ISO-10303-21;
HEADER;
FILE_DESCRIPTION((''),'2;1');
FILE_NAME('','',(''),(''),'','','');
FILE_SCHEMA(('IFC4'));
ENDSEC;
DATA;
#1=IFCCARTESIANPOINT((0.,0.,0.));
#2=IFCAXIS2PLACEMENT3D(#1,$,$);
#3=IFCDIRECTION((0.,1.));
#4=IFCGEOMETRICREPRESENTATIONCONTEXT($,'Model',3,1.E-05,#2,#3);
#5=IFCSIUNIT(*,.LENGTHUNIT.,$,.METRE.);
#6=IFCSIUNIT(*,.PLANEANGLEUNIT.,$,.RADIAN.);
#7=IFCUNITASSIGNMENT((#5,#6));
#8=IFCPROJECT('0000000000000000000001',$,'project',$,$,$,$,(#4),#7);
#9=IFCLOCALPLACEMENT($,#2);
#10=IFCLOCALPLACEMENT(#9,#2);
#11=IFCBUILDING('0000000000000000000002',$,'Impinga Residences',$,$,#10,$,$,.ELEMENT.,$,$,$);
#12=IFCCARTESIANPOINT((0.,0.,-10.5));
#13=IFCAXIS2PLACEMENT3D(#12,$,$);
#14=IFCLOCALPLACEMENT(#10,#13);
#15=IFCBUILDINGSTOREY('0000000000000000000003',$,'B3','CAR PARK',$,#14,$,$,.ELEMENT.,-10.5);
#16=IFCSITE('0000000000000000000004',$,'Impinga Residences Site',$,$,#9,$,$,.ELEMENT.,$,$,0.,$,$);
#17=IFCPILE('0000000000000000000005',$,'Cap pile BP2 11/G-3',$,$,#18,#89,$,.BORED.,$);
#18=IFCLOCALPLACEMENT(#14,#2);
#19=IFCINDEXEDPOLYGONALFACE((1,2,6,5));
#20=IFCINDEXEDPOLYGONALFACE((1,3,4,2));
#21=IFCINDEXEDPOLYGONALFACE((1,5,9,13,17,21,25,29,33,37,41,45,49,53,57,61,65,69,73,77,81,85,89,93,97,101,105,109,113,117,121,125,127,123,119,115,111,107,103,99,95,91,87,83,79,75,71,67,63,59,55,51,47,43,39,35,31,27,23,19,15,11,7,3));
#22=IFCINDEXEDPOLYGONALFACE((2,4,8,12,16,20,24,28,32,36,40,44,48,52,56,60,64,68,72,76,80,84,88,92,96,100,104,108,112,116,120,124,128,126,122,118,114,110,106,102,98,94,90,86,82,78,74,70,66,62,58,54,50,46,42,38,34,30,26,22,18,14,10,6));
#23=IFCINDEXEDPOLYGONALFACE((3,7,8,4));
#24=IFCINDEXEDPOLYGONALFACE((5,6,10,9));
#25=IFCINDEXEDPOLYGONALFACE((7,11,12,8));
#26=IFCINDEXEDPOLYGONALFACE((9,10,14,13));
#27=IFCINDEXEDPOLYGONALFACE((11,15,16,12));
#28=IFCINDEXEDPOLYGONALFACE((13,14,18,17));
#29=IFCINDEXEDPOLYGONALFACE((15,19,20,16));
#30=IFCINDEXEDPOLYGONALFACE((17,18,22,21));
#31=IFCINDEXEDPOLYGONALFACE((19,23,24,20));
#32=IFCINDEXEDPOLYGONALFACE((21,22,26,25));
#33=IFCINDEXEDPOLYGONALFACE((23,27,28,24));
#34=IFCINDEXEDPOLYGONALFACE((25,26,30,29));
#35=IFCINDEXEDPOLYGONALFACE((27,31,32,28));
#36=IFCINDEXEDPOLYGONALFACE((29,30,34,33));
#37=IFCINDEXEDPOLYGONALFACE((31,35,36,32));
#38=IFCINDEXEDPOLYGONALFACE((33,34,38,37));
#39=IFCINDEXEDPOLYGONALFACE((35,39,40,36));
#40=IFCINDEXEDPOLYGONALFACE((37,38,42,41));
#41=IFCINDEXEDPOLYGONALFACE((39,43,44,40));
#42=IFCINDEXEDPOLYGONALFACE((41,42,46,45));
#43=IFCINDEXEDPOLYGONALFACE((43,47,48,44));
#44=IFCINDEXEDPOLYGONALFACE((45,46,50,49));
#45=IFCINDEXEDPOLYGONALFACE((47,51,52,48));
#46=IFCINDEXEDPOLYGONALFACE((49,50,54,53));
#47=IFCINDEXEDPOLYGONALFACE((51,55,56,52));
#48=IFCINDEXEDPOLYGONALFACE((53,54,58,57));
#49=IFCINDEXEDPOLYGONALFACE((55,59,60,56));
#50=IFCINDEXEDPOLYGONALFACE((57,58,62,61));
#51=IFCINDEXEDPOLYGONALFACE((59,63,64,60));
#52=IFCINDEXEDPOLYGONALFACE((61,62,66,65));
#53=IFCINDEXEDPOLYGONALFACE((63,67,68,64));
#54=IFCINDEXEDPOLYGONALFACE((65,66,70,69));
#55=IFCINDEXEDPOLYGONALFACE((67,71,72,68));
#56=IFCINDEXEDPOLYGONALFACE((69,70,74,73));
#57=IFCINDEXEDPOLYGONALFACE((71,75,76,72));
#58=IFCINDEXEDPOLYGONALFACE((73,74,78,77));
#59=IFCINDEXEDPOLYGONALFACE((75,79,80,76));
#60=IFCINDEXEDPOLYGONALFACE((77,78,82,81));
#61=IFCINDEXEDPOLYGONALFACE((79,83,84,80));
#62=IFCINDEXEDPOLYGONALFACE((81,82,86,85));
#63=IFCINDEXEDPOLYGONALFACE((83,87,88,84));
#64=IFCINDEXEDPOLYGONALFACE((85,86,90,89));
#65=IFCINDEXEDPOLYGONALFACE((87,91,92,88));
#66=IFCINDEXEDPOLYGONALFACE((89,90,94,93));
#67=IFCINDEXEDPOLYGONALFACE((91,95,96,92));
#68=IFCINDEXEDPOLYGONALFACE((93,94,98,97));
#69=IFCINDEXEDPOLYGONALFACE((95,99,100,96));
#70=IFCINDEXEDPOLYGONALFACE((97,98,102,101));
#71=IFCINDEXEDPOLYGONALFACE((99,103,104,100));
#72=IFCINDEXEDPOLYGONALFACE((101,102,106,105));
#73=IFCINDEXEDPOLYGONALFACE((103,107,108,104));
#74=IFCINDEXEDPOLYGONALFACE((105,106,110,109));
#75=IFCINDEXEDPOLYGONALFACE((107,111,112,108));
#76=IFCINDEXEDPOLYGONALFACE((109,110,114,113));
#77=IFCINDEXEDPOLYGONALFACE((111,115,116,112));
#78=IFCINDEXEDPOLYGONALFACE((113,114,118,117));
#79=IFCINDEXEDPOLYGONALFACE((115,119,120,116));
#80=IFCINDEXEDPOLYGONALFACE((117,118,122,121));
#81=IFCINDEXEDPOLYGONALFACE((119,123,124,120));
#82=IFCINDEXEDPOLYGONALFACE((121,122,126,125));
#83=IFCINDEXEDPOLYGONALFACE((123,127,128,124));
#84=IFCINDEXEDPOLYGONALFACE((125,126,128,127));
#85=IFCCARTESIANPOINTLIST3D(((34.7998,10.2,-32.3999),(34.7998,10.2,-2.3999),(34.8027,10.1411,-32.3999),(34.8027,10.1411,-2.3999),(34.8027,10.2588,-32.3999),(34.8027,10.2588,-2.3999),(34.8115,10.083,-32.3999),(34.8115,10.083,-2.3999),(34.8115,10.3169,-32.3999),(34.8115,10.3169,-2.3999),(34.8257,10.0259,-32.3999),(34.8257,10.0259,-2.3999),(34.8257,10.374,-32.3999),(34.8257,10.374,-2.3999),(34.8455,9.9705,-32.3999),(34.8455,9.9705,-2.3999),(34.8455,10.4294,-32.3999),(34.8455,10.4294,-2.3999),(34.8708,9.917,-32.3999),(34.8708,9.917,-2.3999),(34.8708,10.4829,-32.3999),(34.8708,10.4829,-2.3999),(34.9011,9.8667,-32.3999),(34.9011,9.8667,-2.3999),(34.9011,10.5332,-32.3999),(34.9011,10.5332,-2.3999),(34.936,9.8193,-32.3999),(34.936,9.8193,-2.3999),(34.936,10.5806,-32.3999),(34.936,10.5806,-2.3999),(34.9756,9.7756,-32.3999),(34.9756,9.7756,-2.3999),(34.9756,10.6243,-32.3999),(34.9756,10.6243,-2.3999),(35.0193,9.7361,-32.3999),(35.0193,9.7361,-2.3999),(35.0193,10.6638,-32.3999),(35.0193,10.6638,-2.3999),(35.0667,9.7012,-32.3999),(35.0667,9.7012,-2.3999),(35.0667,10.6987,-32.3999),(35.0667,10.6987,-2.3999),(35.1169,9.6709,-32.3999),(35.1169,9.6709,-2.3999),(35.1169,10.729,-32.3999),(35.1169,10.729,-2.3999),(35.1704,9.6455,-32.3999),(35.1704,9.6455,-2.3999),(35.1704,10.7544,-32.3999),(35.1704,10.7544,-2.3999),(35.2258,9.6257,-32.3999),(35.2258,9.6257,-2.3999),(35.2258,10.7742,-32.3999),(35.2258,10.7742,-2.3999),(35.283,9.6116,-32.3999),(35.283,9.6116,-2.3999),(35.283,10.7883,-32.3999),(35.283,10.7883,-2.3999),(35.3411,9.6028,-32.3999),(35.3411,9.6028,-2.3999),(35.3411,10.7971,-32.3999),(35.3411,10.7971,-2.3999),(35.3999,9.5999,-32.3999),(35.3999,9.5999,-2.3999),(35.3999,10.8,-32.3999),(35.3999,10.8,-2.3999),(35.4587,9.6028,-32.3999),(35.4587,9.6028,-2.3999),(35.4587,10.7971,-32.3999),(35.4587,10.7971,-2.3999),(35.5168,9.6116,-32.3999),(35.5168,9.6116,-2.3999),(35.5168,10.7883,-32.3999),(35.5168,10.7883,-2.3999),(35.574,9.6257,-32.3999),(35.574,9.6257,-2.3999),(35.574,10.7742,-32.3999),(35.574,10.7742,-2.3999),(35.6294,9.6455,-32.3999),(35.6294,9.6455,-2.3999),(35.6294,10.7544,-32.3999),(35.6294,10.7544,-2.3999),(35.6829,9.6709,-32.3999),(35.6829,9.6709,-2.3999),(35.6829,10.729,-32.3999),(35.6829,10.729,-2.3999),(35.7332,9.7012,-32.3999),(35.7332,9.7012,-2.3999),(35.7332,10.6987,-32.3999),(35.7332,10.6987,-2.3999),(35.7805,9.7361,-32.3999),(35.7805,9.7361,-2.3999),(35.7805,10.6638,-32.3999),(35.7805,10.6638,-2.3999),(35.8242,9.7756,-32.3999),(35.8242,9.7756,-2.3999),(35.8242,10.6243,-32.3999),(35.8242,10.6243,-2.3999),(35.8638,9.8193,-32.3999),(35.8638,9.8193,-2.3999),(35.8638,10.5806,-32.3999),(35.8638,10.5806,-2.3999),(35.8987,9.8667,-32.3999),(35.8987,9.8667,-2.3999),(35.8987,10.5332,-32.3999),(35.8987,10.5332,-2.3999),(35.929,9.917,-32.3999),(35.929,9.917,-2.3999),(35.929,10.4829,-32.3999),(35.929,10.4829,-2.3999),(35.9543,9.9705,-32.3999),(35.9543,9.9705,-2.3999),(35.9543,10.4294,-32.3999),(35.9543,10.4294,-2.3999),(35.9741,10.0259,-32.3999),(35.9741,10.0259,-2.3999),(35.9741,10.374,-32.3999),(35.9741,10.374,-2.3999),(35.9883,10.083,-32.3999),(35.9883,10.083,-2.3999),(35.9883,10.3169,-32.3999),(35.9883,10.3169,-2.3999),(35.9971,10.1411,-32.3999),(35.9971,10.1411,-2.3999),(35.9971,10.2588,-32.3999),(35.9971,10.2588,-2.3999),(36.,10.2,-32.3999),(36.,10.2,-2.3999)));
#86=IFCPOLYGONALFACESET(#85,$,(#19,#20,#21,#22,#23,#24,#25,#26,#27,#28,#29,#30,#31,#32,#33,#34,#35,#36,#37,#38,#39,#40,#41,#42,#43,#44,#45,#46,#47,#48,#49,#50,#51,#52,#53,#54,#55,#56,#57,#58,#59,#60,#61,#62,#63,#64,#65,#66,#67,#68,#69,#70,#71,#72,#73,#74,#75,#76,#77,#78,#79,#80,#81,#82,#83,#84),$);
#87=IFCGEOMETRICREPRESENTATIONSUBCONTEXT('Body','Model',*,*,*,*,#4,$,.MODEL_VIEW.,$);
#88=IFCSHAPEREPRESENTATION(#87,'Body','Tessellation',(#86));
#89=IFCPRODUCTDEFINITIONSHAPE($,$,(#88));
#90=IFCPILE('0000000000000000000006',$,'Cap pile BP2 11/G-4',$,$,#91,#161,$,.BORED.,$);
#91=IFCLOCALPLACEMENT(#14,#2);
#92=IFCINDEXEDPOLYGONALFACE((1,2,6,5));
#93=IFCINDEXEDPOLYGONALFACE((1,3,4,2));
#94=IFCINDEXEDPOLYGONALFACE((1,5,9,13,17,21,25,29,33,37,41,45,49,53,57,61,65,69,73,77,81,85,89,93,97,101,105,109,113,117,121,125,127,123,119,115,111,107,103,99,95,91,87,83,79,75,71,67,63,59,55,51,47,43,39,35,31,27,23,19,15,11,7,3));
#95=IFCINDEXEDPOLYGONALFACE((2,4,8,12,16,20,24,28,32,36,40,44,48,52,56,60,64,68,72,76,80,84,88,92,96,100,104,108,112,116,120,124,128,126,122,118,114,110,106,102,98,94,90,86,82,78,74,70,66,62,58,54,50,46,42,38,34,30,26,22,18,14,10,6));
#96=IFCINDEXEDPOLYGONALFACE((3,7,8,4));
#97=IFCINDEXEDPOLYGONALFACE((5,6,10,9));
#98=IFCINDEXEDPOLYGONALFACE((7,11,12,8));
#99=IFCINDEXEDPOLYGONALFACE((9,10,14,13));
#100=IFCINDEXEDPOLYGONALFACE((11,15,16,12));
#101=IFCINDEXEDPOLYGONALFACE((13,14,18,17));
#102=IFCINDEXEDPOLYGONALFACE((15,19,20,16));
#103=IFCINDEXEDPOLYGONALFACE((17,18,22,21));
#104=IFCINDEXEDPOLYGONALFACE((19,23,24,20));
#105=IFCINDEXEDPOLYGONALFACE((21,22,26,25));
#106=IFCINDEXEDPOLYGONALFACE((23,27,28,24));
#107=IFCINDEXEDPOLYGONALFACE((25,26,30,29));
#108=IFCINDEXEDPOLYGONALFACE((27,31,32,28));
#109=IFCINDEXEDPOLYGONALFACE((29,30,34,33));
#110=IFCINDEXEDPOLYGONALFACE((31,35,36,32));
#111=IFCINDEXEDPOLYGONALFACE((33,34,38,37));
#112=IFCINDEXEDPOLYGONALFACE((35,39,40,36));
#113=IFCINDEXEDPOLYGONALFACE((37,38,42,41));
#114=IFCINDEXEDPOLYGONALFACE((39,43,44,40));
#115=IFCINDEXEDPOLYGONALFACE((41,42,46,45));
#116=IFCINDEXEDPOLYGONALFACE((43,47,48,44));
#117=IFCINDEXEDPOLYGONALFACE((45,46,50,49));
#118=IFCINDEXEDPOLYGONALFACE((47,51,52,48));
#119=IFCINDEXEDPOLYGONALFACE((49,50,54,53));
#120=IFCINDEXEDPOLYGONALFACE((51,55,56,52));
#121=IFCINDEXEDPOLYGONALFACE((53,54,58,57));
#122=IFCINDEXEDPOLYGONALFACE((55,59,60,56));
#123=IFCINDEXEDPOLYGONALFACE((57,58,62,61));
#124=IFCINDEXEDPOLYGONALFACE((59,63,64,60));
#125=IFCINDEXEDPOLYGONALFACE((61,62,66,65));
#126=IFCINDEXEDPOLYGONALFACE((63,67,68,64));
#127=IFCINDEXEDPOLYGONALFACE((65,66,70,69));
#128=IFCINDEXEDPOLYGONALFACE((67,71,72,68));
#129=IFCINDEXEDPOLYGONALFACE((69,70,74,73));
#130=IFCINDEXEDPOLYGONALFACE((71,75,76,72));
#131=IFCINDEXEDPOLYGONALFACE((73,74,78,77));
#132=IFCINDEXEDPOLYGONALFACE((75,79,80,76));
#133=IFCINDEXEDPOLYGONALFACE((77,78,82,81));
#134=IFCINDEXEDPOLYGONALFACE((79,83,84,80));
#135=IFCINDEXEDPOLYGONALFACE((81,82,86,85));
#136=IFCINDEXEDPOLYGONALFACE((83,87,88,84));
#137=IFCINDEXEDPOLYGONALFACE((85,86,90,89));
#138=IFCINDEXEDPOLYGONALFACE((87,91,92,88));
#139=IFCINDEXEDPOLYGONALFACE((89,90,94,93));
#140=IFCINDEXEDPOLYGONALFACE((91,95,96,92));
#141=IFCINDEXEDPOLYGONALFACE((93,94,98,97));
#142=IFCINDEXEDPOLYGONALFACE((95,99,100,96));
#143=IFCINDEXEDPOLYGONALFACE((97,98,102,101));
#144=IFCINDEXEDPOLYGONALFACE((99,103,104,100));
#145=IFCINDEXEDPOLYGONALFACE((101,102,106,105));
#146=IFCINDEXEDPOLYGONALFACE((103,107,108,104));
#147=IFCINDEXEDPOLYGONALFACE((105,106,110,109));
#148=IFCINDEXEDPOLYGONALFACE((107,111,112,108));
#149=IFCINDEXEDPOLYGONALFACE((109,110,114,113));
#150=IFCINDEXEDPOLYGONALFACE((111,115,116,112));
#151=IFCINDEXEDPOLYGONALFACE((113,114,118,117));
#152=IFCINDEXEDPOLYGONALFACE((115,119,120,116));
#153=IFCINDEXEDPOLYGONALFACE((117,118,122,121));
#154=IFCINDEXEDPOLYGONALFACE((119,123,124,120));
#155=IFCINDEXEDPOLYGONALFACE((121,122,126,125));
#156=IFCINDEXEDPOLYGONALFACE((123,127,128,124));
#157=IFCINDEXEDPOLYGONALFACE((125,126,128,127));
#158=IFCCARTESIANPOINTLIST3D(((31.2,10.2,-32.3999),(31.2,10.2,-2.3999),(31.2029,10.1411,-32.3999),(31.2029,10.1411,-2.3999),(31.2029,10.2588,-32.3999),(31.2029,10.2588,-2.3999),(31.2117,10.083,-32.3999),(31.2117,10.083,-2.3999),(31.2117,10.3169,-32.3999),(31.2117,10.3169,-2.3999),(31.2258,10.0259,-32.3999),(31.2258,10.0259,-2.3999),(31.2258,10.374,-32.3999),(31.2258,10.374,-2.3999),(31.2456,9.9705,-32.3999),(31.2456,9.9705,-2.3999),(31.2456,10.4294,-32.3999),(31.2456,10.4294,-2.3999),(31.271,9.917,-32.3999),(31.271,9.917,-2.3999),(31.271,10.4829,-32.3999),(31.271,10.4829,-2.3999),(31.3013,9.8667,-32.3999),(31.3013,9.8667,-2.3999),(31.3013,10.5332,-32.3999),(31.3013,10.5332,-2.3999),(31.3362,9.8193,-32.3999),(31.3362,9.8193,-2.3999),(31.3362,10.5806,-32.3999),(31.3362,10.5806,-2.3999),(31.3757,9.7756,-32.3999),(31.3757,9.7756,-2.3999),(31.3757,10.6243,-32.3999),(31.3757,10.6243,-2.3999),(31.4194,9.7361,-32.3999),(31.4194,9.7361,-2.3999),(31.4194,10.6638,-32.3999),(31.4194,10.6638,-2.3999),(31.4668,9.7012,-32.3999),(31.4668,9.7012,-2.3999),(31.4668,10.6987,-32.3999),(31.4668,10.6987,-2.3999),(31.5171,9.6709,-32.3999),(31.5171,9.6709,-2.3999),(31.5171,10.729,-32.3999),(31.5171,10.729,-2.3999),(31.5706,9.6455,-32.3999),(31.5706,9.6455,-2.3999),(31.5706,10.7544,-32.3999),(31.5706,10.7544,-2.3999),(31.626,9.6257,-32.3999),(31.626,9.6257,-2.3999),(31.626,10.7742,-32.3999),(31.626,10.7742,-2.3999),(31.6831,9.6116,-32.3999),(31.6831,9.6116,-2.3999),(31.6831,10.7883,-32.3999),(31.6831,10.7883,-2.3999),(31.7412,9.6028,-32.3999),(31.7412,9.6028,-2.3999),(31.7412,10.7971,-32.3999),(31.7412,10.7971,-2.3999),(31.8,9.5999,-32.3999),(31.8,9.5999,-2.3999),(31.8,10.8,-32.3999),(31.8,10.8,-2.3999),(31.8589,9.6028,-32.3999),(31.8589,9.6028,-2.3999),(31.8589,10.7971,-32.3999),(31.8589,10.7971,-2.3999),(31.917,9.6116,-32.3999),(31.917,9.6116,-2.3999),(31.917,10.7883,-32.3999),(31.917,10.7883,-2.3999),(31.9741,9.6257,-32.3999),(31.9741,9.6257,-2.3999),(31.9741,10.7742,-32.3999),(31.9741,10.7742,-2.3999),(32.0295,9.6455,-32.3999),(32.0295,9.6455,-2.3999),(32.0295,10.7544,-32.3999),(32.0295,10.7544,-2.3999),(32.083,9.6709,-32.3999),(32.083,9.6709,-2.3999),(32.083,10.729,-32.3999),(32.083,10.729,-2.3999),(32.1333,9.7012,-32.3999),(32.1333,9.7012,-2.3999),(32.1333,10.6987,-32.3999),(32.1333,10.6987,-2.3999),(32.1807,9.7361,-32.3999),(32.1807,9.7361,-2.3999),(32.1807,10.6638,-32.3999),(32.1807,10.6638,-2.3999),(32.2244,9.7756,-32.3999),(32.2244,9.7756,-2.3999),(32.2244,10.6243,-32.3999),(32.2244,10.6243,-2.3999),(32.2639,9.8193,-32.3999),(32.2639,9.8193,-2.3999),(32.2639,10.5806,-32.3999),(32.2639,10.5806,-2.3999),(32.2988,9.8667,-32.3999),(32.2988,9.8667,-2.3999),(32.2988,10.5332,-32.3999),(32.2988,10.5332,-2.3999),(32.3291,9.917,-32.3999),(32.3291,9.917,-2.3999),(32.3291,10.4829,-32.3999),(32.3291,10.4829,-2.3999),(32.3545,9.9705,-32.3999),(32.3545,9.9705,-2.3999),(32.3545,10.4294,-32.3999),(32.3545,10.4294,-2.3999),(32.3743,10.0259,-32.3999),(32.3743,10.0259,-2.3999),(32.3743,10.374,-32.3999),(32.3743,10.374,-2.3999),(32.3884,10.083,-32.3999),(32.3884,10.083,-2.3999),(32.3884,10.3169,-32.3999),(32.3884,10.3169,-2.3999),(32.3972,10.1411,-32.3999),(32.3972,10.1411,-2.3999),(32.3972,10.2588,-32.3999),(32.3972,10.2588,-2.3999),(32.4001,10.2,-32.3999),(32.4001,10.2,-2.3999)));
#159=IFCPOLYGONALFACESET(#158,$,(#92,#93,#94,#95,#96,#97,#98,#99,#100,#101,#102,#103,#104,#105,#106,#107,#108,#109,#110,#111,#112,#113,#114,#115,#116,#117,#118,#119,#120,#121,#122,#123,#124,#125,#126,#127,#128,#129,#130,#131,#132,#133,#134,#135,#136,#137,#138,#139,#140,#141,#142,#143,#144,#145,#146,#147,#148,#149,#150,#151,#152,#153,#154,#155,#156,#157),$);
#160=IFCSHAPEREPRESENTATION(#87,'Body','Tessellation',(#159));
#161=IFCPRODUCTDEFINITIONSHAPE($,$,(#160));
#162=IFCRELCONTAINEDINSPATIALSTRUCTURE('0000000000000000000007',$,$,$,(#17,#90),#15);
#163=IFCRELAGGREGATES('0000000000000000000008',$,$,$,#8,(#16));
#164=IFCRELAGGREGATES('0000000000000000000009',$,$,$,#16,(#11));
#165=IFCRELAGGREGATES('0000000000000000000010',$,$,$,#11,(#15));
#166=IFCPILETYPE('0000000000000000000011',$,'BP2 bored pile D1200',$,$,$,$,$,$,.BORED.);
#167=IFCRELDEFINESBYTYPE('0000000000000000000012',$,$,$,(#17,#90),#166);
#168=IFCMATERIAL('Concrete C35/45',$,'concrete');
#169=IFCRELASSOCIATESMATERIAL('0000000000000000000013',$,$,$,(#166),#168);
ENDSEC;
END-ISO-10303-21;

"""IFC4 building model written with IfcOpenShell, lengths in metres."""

from ifc_helpers import new_model, si_unit, direction, frame, origin, origin_2d, place, context, subcontext, project, spatial, polyline, circle, outline, extrude, material, material_profile, profile_set, type_object, element, save


model = new_model("IFC4")

# Units and contexts
model_context = context("Model", 3, precision=1e-05, world=origin(), true_north=direction((0.0, 1.0)))
body_context = subcontext(model_context, "Body", "Model", "MODEL_VIEW")
ifc_project = project(units=[si_unit("LENGTHUNIT", "METRE"), si_unit("PLANEANGLEUNIT", "RADIAN")], contexts=[model_context])

# Site, building, storey
site_placement = place(None, origin())
site = spatial("IfcSite", under=ifc_project, at=site_placement, Name="Impinga Residences Site", CompositionType="ELEMENT", RefElevation=0.0)
building_placement = place(site_placement, origin())
building = spatial("IfcBuilding", under=site, at=building_placement, Name="Impinga Residences", CompositionType="ELEMENT")
storey_placement = place(building_placement, frame((0.0, 0.0, -10.5)))
storey = spatial("IfcBuildingStorey", under=building, at=storey_placement, Name="B3", Description="CAR PARK", CompositionType="ELEMENT", Elevation=-10.5)

# Piles
ifc_material_1 = material(Name="Concrete C35/45", Category="concrete")
ifc_material_profile_1 = material_profile(ifc_material_1, circle(Radius=0.6001, at=origin_2d()), Name="D1200")
ifc_profile_set_1 = profile_set([ifc_material_profile_1], Name="Concrete C35/45")
pile_type = type_object("IfcPileType", Name="BP2 bored pile D1200", PredefinedType="BORED", material=ifc_profile_set_1)
pile_1_placement = place(storey_placement, frame((35.3999, 10.2, -2.3999), z_axis=(0.0, 0.0, -1.0), x_axis=(1.0, 0.0, 0.0)))
element("IfcPile", 1, at=pile_1_placement, inside=storey, type_object=pile_type, Name="Cap pile BP2 11/G-3", PredefinedType="BORED", context=body_context, shape_type="SweptSolid", body=[
    extrude(outline(polyline([(0.6001, 0.0), (0.5972, 0.0588), (0.5884, 0.1169), (0.5742, 0.1741), (0.5544, 0.2295), (0.5291, 0.283), (0.4988, 0.3333), (0.4639, 0.3806), (0.4243, 0.4243), (0.3806, 0.4639), (0.3333, 0.4988), (0.283, 0.5291), (0.2295, 0.5544), (0.1741, 0.5742), (0.1169, 0.5884), (0.0588, 0.5972), (0.0, 0.6001), (-0.0588, 0.5972), (-0.1169, 0.5884), (-0.1741, 0.5742), (-0.2295, 0.5544), (-0.283, 0.5291), (-0.3333, 0.4988), (-0.3806, 0.4639), (-0.4243, 0.4243), (-0.4639, 0.3806), (-0.4988, 0.3333), (-0.5291, 0.283), (-0.5544, 0.2295), (-0.5742, 0.1741), (-0.5884, 0.1169), (-0.5972, 0.0588), (-0.6001, 0.0), (-0.5972, -0.0588), (-0.5884, -0.1169), (-0.5742, -0.1741), (-0.5544, -0.2295), (-0.5291, -0.283), (-0.4988, -0.3333), (-0.4639, -0.3806), (-0.4243, -0.4243), (-0.3806, -0.4639), (-0.3333, -0.4988), (-0.283, -0.5291), (-0.2295, -0.5544), (-0.1741, -0.5742), (-0.1169, -0.5884), (-0.0588, -0.5972), (0.0, -0.6001), (0.0588, -0.5972), (0.1169, -0.5884), (0.1741, -0.5742), (0.2295, -0.5544), (0.283, -0.5291), (0.3333, -0.4988), (0.3806, -0.4639), (0.4243, -0.4243), (0.4639, -0.3806), (0.4988, -0.3333), (0.5291, -0.283), (0.5544, -0.2295), (0.5742, -0.1741), (0.5884, -0.1169), (0.5972, -0.0588), (0.6001, 0.0)])), origin(), (0.0, 0.0, 1.0), 30.0),
])
pile_2_placement = place(storey_placement, frame((31.8, 10.2, -2.3999), z_axis=(0.0, 0.0, -1.0), x_axis=(1.0, 0.0, 0.0)))
element("IfcPile", 2, at=pile_2_placement, inside=storey, type_object=pile_type, Name="Cap pile BP2 11/G-4", PredefinedType="BORED", context=body_context, shape_type="SweptSolid", body=[
    extrude(outline(polyline([(0.6001, 0.0), (0.5972, 0.0588), (0.5884, 0.1169), (0.5742, 0.1741), (0.5544, 0.2295), (0.5291, 0.283), (0.4988, 0.3333), (0.4639, 0.3806), (0.4243, 0.4243), (0.3806, 0.4639), (0.3333, 0.4988), (0.283, 0.5291), (0.2295, 0.5544), (0.1741, 0.5742), (0.1169, 0.5884), (0.0588, 0.5972), (0.0, 0.6001), (-0.0588, 0.5972), (-0.1169, 0.5884), (-0.1741, 0.5742), (-0.2295, 0.5544), (-0.283, 0.5291), (-0.3333, 0.4988), (-0.3806, 0.4639), (-0.4243, 0.4243), (-0.4639, 0.3806), (-0.4988, 0.3333), (-0.5291, 0.283), (-0.5544, 0.2295), (-0.5742, 0.1741), (-0.5884, 0.1169), (-0.5972, 0.0588), (-0.6001, 0.0), (-0.5972, -0.0588), (-0.5884, -0.1169), (-0.5742, -0.1741), (-0.5544, -0.2295), (-0.5291, -0.283), (-0.4988, -0.3333), (-0.4639, -0.3806), (-0.4243, -0.4243), (-0.3806, -0.4639), (-0.3333, -0.4988), (-0.283, -0.5291), (-0.2295, -0.5544), (-0.1741, -0.5742), (-0.1169, -0.5884), (-0.0588, -0.5972), (0.0, -0.6001), (0.0588, -0.5972), (0.1169, -0.5884), (0.1741, -0.5742), (0.2295, -0.5544), (0.283, -0.5291), (0.3333, -0.4988), (0.3806, -0.4639), (0.4243, -0.4243), (0.4639, -0.3806), (0.4988, -0.3333), (0.5291, -0.283), (0.5544, -0.2295), (0.5742, -0.1741), (0.5884, -0.1169), (0.5972, -0.0588), (0.6001, 0.0)])), origin(), (0.0, 0.0, 1.0), 30.0),
])

save(model, "model.ifc")
